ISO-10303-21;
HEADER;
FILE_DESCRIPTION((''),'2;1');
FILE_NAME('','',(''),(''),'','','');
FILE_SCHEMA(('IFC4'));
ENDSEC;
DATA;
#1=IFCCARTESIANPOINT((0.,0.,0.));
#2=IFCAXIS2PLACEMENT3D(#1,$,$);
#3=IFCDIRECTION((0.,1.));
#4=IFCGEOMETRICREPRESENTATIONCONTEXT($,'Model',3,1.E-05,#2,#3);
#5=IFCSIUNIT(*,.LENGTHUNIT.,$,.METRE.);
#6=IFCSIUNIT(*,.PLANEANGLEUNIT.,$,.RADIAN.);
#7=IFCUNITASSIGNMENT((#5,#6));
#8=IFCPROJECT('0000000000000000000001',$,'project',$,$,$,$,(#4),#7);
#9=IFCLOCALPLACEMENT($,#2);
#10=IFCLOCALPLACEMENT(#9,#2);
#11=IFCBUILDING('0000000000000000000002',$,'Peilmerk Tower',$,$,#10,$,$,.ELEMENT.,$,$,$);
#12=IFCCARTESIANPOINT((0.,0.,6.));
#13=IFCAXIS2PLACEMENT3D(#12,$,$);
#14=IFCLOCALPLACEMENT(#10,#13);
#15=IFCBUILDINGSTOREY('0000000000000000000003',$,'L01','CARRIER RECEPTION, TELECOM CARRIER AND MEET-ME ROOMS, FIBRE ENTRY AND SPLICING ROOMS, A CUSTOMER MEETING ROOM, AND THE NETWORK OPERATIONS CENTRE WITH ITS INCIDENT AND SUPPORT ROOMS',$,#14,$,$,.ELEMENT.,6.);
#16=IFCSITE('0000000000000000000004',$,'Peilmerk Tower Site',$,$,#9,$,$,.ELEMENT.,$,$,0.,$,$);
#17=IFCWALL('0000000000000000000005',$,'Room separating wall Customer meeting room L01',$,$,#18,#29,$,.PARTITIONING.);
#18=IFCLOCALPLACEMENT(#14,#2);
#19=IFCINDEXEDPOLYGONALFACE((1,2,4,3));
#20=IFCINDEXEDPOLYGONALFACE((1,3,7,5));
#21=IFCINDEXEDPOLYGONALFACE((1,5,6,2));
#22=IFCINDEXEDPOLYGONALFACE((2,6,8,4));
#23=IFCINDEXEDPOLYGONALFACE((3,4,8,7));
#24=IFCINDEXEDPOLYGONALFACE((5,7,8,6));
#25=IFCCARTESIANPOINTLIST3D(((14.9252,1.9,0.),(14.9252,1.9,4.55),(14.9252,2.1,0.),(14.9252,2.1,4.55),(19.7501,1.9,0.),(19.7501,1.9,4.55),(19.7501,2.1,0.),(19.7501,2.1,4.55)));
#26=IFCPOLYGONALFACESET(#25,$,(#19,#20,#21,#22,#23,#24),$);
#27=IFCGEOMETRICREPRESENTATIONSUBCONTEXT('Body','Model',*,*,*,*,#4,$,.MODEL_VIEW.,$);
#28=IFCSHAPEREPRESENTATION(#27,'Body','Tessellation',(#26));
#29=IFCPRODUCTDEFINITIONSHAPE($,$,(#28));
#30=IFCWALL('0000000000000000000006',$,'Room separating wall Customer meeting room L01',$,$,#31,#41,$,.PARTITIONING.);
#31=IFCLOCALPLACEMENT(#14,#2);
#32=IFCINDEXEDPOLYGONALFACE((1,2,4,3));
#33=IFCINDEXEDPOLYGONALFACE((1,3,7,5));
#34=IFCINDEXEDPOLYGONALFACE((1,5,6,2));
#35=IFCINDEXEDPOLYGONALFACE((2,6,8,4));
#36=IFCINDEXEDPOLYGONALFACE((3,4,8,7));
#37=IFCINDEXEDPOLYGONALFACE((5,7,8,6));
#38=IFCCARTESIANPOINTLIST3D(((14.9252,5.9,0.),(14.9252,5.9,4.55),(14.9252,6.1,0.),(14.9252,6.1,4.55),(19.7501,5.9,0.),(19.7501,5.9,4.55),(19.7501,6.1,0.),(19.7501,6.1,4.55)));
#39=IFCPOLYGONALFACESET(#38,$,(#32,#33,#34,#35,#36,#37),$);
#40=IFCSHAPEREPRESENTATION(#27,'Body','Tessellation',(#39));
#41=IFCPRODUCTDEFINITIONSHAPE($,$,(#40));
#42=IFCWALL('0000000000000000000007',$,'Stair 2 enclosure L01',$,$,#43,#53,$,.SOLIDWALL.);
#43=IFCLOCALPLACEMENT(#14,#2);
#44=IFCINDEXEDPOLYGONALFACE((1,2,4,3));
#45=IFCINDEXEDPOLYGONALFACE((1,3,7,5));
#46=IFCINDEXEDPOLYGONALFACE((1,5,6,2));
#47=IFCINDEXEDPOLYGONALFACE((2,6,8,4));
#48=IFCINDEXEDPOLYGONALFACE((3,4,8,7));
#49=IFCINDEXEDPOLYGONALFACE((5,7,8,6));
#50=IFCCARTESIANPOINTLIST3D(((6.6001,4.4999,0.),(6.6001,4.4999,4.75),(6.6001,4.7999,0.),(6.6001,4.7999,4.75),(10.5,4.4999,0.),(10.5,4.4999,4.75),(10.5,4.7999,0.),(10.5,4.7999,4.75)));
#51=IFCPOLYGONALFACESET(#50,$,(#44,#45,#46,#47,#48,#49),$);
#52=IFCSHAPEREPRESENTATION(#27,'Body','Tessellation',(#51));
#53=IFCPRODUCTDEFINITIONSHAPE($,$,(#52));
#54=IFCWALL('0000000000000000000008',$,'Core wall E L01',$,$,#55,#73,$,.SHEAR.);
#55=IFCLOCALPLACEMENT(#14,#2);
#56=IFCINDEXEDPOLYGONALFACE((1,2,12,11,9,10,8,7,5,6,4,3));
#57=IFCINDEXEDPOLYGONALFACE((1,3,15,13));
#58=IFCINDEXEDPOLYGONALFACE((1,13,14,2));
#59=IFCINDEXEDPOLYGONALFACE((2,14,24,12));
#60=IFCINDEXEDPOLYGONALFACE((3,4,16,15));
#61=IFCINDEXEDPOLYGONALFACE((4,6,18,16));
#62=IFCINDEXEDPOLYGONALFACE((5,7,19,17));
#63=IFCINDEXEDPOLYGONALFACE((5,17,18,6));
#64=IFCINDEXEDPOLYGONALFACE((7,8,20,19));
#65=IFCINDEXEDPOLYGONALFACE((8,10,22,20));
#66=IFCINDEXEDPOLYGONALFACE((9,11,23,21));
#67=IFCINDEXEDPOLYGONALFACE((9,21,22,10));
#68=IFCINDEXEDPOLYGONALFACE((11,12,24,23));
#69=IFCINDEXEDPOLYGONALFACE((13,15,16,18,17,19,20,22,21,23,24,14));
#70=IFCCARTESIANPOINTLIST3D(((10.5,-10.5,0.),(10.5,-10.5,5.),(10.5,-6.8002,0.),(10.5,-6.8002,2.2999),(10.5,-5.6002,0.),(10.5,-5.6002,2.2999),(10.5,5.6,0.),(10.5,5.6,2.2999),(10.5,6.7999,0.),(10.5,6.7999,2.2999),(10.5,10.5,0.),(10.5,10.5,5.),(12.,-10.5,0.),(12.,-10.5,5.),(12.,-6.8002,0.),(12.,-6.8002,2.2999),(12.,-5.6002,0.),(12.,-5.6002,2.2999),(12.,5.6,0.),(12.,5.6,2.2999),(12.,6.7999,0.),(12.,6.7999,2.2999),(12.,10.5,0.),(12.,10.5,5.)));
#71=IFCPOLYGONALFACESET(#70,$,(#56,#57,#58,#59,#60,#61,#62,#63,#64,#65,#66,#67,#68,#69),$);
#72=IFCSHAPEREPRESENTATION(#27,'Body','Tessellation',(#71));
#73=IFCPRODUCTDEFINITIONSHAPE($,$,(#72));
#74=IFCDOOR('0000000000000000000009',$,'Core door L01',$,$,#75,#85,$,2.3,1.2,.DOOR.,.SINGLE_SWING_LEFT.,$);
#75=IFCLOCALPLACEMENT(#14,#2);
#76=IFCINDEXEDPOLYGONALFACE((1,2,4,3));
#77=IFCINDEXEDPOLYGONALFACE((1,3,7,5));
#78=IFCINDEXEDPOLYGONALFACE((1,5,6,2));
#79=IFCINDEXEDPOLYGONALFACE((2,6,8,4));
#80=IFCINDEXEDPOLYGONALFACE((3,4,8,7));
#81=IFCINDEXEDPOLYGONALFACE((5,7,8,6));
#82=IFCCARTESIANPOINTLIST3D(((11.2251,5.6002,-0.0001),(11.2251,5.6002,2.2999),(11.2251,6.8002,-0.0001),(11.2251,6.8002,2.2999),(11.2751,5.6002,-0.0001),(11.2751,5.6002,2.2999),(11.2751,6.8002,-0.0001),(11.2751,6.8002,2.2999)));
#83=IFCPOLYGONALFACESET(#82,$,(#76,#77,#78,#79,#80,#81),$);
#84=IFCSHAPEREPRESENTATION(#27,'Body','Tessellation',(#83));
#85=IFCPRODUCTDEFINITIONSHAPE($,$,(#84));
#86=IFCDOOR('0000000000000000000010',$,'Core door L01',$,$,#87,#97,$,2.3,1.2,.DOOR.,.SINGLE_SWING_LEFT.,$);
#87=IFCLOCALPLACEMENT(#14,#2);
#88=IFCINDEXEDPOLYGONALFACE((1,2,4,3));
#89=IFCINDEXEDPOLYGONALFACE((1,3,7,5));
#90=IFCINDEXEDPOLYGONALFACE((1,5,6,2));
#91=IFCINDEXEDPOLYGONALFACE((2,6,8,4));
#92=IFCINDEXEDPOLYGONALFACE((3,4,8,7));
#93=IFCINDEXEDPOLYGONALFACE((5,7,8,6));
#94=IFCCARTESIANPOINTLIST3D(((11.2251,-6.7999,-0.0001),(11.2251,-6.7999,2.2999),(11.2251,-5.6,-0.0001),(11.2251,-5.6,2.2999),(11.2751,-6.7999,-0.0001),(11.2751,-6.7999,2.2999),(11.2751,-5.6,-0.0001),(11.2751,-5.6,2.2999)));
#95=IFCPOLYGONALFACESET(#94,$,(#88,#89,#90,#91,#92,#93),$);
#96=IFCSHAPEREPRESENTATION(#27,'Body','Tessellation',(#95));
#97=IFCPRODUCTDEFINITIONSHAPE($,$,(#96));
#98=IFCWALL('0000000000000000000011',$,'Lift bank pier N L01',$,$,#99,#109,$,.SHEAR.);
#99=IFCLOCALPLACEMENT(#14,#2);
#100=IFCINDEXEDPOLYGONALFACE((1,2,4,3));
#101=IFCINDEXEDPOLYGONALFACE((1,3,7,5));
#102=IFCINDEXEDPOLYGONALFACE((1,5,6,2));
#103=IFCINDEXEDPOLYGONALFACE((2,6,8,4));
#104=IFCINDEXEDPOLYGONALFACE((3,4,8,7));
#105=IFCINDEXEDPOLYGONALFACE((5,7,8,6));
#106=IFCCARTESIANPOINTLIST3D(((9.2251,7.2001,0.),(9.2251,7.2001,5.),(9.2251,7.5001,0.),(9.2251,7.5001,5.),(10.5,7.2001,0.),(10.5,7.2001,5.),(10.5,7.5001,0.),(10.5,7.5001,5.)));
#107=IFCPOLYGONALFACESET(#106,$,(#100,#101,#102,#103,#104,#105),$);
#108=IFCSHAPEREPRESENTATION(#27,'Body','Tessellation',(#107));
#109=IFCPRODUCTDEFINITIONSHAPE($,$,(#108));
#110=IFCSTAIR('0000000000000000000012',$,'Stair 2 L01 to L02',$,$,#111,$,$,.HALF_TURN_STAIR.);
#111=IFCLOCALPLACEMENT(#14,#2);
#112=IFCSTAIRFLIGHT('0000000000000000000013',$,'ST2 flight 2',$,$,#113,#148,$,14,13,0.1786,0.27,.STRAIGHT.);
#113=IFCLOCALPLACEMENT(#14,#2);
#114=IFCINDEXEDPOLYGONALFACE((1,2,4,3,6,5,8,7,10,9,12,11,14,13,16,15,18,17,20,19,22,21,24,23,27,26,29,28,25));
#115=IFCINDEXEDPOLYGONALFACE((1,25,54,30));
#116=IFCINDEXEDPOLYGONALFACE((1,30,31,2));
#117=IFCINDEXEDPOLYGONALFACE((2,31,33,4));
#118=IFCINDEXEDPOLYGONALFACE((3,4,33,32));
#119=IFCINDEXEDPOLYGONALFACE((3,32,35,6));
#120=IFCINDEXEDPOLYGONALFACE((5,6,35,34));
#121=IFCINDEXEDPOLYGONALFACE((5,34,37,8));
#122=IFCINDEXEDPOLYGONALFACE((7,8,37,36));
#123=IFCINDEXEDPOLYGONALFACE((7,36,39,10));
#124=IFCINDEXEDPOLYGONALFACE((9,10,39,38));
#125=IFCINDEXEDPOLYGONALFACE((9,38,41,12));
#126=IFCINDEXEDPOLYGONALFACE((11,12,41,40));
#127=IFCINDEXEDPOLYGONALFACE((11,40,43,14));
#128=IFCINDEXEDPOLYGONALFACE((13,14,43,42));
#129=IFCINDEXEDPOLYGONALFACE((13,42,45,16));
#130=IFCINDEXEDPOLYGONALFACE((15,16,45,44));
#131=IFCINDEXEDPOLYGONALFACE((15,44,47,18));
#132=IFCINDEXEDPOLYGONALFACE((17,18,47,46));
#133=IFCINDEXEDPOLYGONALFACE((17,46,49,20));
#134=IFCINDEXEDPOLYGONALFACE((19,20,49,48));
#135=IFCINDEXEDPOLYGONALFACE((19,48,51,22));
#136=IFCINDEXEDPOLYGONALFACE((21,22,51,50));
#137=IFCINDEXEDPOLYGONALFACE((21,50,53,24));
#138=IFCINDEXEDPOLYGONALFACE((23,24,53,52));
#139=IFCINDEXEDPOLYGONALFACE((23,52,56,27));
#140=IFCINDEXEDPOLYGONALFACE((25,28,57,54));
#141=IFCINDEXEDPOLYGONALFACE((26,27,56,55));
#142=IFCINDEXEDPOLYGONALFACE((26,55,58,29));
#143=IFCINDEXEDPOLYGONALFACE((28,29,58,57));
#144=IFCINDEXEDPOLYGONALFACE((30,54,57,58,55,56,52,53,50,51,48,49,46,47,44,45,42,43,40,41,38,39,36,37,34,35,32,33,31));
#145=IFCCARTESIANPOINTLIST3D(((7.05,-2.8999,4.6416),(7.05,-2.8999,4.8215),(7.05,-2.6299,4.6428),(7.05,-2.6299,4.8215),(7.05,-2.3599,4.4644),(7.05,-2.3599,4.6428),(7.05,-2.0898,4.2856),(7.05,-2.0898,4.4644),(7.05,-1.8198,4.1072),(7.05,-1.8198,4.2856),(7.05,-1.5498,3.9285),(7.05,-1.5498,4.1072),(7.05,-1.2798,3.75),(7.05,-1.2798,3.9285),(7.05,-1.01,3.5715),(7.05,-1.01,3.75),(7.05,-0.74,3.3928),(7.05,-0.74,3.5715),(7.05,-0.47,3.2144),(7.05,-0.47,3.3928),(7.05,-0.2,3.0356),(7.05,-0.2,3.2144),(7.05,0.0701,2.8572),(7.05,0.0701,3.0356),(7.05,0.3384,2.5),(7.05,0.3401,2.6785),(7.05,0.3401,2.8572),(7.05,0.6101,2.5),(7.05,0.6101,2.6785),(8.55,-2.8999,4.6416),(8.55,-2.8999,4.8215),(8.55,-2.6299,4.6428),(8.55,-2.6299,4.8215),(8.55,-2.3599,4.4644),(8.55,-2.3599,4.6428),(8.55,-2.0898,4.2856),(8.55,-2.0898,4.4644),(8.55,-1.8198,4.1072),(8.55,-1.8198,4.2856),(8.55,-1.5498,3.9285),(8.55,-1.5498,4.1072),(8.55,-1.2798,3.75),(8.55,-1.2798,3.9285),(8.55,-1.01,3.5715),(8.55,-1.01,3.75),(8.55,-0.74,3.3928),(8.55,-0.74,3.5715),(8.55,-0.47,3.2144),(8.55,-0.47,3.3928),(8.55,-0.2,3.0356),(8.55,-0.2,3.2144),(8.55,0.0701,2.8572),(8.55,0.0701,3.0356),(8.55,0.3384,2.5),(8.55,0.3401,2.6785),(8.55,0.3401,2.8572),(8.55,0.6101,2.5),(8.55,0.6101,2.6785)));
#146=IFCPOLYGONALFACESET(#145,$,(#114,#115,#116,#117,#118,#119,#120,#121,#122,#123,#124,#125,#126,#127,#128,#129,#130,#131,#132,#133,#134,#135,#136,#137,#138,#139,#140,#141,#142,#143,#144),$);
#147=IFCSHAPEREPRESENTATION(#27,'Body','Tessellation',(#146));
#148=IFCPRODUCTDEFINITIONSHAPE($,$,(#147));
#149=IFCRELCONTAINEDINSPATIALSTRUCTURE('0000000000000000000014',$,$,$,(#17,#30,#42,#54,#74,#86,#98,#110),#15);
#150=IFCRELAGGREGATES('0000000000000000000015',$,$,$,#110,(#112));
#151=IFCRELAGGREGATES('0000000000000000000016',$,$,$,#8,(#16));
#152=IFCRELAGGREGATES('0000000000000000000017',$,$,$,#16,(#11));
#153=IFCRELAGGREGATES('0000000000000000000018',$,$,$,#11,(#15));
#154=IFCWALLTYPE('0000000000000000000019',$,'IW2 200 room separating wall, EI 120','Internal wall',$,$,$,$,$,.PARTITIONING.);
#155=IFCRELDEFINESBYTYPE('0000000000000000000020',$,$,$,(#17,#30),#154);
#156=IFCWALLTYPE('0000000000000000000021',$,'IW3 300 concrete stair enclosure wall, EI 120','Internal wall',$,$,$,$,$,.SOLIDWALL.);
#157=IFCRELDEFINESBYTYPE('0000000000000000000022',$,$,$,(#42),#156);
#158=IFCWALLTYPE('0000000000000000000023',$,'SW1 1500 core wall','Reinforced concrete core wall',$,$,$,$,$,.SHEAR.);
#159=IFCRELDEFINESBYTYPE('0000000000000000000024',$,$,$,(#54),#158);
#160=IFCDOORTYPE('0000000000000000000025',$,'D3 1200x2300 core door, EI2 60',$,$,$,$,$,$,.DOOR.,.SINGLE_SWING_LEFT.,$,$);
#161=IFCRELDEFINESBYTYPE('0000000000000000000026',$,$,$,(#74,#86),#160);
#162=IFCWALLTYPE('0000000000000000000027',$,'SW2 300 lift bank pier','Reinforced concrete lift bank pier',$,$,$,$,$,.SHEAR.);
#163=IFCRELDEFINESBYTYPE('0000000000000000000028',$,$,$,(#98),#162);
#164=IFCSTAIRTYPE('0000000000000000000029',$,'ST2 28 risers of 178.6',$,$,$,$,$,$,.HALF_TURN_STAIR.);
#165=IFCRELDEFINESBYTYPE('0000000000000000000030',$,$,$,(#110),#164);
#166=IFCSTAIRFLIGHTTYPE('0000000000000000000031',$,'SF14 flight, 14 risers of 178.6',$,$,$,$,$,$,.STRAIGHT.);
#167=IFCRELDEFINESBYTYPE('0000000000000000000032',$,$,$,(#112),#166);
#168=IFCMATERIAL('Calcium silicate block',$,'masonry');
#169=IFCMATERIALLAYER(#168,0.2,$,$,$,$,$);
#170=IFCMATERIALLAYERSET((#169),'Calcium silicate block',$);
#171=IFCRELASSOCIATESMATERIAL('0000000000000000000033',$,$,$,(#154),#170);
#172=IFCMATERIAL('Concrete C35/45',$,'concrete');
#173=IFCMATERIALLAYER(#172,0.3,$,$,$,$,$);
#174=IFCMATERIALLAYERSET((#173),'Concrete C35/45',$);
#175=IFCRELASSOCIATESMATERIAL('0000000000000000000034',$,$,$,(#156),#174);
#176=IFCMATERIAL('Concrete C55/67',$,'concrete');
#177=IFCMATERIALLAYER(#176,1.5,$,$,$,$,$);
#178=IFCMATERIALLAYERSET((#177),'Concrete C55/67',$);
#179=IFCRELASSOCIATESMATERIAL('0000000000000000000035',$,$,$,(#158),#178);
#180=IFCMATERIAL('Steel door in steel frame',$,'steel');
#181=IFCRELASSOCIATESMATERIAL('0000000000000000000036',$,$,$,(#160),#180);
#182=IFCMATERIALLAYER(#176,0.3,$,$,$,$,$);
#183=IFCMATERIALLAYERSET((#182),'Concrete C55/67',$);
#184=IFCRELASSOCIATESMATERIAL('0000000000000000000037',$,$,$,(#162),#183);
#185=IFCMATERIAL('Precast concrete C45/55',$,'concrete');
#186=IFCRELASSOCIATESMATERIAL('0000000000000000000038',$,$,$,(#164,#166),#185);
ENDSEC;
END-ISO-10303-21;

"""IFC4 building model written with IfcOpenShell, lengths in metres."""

from ifc_helpers import new_model, si_unit, direction, frame, frame_2d, origin, place, context, subcontext, project, spatial, polyline, rectangle, outline, extrude, material, layer, layer_set, type_object, element, fill, aggregate, save


model = new_model("IFC4")

# Units and contexts
model_context = context("Model", 3, precision=1e-05, world=origin(), true_north=direction((0.0, 1.0)))
body_context = subcontext(model_context, "Body", "Model", "MODEL_VIEW")
ifc_project = project(units=[si_unit("LENGTHUNIT", "METRE"), si_unit("PLANEANGLEUNIT", "RADIAN")], contexts=[model_context])

# Site, building, storey
site_placement = place(None, origin())
site = spatial("IfcSite", under=ifc_project, at=site_placement, Name="Peilmerk Tower Site", CompositionType="ELEMENT", RefElevation=0.0)
building_placement = place(site_placement, origin())
building = spatial("IfcBuilding", under=site, at=building_placement, Name="Peilmerk Tower", CompositionType="ELEMENT")
storey_placement = place(building_placement, frame((0.0, 0.0, 6.0)))
storey = spatial("IfcBuildingStorey", under=building, at=storey_placement, Name="L01", Description="CARRIER RECEPTION, TELECOM CARRIER AND MEET-ME ROOMS, FIBRE ENTRY AND SPLICING ROOMS, A CUSTOMER MEETING ROOM, AND THE NETWORK OPERATIONS CENTRE WITH ITS INCIDENT AND SUPPORT ROOMS", CompositionType="ELEMENT", Elevation=6.0)

# Walls
ifc_material_1 = material(Name="Calcium silicate block", Category="masonry")
ifc_layer_1 = layer(ifc_material_1, 0.2)
ifc_layer_set_1 = layer_set([ifc_layer_1], Name="Calcium silicate block")
wall_type_1 = type_object("IfcWallType", Name="IW2 200 room separating wall, EI 120", Description="Internal wall", PredefinedType="PARTITIONING", material=ifc_layer_set_1)
for number, where, z_axis, x_axis, name in (
    (1, (14.925, 2.0, 0.0), (0.0, 0.0, 1.0), (1.0, 0.0, 0.0), "Room separating wall Customer meeting room L01"),
    (2, (14.925, 6.0, 0.0), (0.0, 0.0, 1.0), (1.0, 0.0, 0.0), "Room separating wall Customer meeting room L01"),
):
    element("IfcWall", number, at=place(storey_placement, frame(where, z_axis=z_axis, x_axis=x_axis)), inside=storey, type_object=wall_type_1, Name=name, PredefinedType="PARTITIONING", context=body_context, shape_type="SweptSolid", body=[
        extrude(rectangle(XDim=4.825, YDim=0.2, at=frame_2d((2.4126, 0.0))), origin(), (0.0, 0.0, 1.0), 4.55),
    ])
ifc_material_2 = material(Name="Concrete C35/45", Category="concrete")
ifc_layer_2 = layer(ifc_material_2, 0.3)
ifc_layer_set_2 = layer_set([ifc_layer_2], Name="Concrete C35/45")
wall_type_2 = type_object("IfcWallType", Name="IW3 300 concrete stair enclosure wall, EI 120", Description="Internal wall", PredefinedType="SOLIDWALL", material=ifc_layer_set_2)
wall_1_placement = place(storey_placement, frame((6.6001, 4.6499, 0.0), z_axis=(0.0, 0.0, 1.0), x_axis=(1.0, 0.0, 0.0)))
element("IfcWall", 3, at=wall_1_placement, inside=storey, type_object=wall_type_2, Name="Stair 2 enclosure L01", PredefinedType="SOLIDWALL", context=body_context, shape_type="SweptSolid", body=[
    extrude(rectangle(XDim=3.8999, YDim=0.3, at=frame_2d((1.95, 0.0))), origin(), (0.0, 0.0, 1.0), 4.75),
])

# Wall, openings, doors
ifc_material_3 = material(Name="Concrete C55/67", Category="concrete")
ifc_layer_3 = layer(ifc_material_3, 1.5)
ifc_layer_set_3 = layer_set([ifc_layer_3], Name="Concrete C55/67")
wall_type_3 = type_object("IfcWallType", Name="SW1 1500 core wall", Description="Reinforced concrete core wall", PredefinedType="SHEAR", material=ifc_layer_set_3)
wall_2_placement = place(storey_placement, frame((11.25, 10.5, 0.0), z_axis=(0.0, 0.0, 1.0), x_axis=(0.0, -1.0, 0.0)))
wall_2 = element("IfcWall", 4, at=wall_2_placement, inside=storey, type_object=wall_type_3, Name="Core wall E L01", PredefinedType="SHEAR", context=body_context, shape_type="SweptSolid", body=[
    extrude(rectangle(XDim=21.0, YDim=1.5, at=frame_2d((10.5, 0.0))), origin(), (0.0, 0.0, 1.0), 5.0),
])
opening_1_placement = place(wall_2_placement, frame((3.7, 0.0, 0.0)))
opening_1 = element("IfcOpeningElement", 5, at=opening_1_placement, cuts=wall_2, PredefinedType="OPENING", context=body_context, shape_type="SweptSolid", body=[
    extrude(rectangle(XDim=1.2, YDim=2.3, at=frame_2d((0.6001, 1.1499))), frame((0.0, 0.76, 0.0), z_axis=(0.0, -1.0, 0.0), x_axis=(1.0, 0.0, 0.0)), (0.0, 0.0, 1.0), 1.52),
])
opening_2_placement = place(wall_2_placement, frame((16.1001, 0.0, 0.0)))
opening_2 = element("IfcOpeningElement", 6, at=opening_2_placement, cuts=wall_2, PredefinedType="OPENING", context=body_context, shape_type="SweptSolid", body=[
    extrude(rectangle(XDim=1.2, YDim=2.3, at=frame_2d((0.6001, 1.1499))), frame((0.0, 0.76, 0.0), z_axis=(0.0, -1.0, 0.0), x_axis=(1.0, 0.0, 0.0)), (0.0, 0.0, 1.0), 1.52),
])
ifc_material_4 = material(Name="Steel door in steel frame", Category="steel")
door_type = type_object("IfcDoorType", Name="D3 1200x2300 core door, EI2 60", OperationType="SINGLE_SWING_LEFT", PredefinedType="DOOR", material=ifc_material_4)
door_1_placement = place(opening_1_placement, frame((1.2, 0.0, 0.0), z_axis=(0.0, 0.0, 1.0), x_axis=(-1.0, 0.0, 0.0)))
door_1 = element("IfcDoor", 7, at=door_1_placement, inside=storey, type_object=door_type, Name="Core door L01", OperationType="SINGLE_SWING_LEFT", OverallHeight=2.3, OverallWidth=1.2, PredefinedType="DOOR", context=body_context, shape_type="SweptSolid", body=[
    extrude(rectangle(XDim=1.2, YDim=2.3, at=frame_2d((0.6001, 1.1499))), frame((0.0, 0.0249, 0.0), z_axis=(0.0, -1.0, 0.0), x_axis=(1.0, 0.0, 0.0)), (0.0, 0.0, 1.0), 0.05),
])
fill(opening_1, door_1)
door_2_placement = place(opening_2_placement, frame((1.2, 0.0, 0.0), z_axis=(0.0, 0.0, 1.0), x_axis=(-1.0, 0.0, 0.0)))
door_2 = element("IfcDoor", 8, at=door_2_placement, inside=storey, type_object=door_type, Name="Core door L01", OperationType="SINGLE_SWING_LEFT", OverallHeight=2.3, OverallWidth=1.2, PredefinedType="DOOR", context=body_context, shape_type="SweptSolid", body=[
    extrude(rectangle(XDim=1.2, YDim=2.3, at=frame_2d((0.6001, 1.1499))), frame((0.0, 0.0249, 0.0), z_axis=(0.0, -1.0, 0.0), x_axis=(1.0, 0.0, 0.0)), (0.0, 0.0, 1.0), 0.05),
])
fill(opening_2, door_2)

# Wall
ifc_layer_4 = layer(ifc_material_3, 0.3)
ifc_layer_set_4 = layer_set([ifc_layer_4], Name="Concrete C55/67")
wall_type_4 = type_object("IfcWallType", Name="SW2 300 lift bank pier", Description="Reinforced concrete lift bank pier", PredefinedType="SHEAR", material=ifc_layer_set_4)
wall_3_placement = place(storey_placement, frame((9.2251, 7.3501, 0.0), z_axis=(0.0, 0.0, 1.0), x_axis=(1.0, 0.0, 0.0)))
element("IfcWall", 9, at=wall_3_placement, inside=storey, type_object=wall_type_4, Name="Lift bank pier N L01", PredefinedType="SHEAR", context=body_context, shape_type="SweptSolid", body=[
    extrude(rectangle(XDim=1.2749, YDim=0.3, at=frame_2d((0.6375, 0.0))), origin(), (0.0, 0.0, 1.0), 5.0),
])

# Stair, stair flight
ifc_material_5 = material(Name="Precast concrete C45/55", Category="concrete")
stair_type = type_object("IfcStairType", Name="ST2 28 risers of 178.6", PredefinedType="HALF_TURN_STAIR", material=ifc_material_5)
stair_placement = place(storey_placement, origin())
stair = element("IfcStair", 10, at=stair_placement, inside=storey, type_object=stair_type, Name="Stair 2 L01 to L02", PredefinedType="HALF_TURN_STAIR")
stair_flight_type = type_object("IfcStairFlightType", Name="SF14 flight, 14 risers of 178.6", PredefinedType="STRAIGHT", material=ifc_material_5)
stair_flight_placement = place(storey_placement, frame((7.8, 0.6101, 2.5), z_axis=(0.0, 0.0, 1.0), x_axis=(0.0, -1.0, 0.0)))
stair_flight = element("IfcStairFlight", 11, at=stair_flight_placement, type_object=stair_flight_type, Name="ST2 flight 2", NumberOfRisers=14, NumberOfTreads=13, PredefinedType="STRAIGHT", RiserHeight=0.1786, TreadLength=0.27, context=body_context, shape_type="SweptSolid", body=[
    extrude(outline(polyline([(0.0, 0.0), (0.0, 0.1785), (0.27, 0.1785), (0.27, 0.3572), (0.54, 0.3572), (0.54, 0.5356), (0.8101, 0.5356), (0.8101, 0.7144), (1.0801, 0.7144), (1.0801, 0.8928), (1.3501, 0.8928), (1.3501, 1.0715), (1.6201, 1.0715), (1.6201, 1.25), (1.8899, 1.25), (1.8899, 1.4285), (2.1599, 1.4285), (2.1599, 1.6072), (2.4299, 1.6072), (2.4299, 1.7856), (2.7, 1.7856), (2.7, 1.9644), (2.97, 1.9644), (2.97, 2.1428), (3.24, 2.1428), (3.24, 2.3215), (3.51, 2.3215), (3.51, 2.5), (3.51, 2.1416), (0.2717, 0.0), (0.0, 0.0)])), frame((0.0, 0.75, 0.0), z_axis=(0.0, -1.0, 0.0), x_axis=(1.0, 0.0, 0.0)), (0.0, 0.0, 1.0), 1.5),
])
aggregate(stair, [stair_flight])

save(model, "model.ifc")
